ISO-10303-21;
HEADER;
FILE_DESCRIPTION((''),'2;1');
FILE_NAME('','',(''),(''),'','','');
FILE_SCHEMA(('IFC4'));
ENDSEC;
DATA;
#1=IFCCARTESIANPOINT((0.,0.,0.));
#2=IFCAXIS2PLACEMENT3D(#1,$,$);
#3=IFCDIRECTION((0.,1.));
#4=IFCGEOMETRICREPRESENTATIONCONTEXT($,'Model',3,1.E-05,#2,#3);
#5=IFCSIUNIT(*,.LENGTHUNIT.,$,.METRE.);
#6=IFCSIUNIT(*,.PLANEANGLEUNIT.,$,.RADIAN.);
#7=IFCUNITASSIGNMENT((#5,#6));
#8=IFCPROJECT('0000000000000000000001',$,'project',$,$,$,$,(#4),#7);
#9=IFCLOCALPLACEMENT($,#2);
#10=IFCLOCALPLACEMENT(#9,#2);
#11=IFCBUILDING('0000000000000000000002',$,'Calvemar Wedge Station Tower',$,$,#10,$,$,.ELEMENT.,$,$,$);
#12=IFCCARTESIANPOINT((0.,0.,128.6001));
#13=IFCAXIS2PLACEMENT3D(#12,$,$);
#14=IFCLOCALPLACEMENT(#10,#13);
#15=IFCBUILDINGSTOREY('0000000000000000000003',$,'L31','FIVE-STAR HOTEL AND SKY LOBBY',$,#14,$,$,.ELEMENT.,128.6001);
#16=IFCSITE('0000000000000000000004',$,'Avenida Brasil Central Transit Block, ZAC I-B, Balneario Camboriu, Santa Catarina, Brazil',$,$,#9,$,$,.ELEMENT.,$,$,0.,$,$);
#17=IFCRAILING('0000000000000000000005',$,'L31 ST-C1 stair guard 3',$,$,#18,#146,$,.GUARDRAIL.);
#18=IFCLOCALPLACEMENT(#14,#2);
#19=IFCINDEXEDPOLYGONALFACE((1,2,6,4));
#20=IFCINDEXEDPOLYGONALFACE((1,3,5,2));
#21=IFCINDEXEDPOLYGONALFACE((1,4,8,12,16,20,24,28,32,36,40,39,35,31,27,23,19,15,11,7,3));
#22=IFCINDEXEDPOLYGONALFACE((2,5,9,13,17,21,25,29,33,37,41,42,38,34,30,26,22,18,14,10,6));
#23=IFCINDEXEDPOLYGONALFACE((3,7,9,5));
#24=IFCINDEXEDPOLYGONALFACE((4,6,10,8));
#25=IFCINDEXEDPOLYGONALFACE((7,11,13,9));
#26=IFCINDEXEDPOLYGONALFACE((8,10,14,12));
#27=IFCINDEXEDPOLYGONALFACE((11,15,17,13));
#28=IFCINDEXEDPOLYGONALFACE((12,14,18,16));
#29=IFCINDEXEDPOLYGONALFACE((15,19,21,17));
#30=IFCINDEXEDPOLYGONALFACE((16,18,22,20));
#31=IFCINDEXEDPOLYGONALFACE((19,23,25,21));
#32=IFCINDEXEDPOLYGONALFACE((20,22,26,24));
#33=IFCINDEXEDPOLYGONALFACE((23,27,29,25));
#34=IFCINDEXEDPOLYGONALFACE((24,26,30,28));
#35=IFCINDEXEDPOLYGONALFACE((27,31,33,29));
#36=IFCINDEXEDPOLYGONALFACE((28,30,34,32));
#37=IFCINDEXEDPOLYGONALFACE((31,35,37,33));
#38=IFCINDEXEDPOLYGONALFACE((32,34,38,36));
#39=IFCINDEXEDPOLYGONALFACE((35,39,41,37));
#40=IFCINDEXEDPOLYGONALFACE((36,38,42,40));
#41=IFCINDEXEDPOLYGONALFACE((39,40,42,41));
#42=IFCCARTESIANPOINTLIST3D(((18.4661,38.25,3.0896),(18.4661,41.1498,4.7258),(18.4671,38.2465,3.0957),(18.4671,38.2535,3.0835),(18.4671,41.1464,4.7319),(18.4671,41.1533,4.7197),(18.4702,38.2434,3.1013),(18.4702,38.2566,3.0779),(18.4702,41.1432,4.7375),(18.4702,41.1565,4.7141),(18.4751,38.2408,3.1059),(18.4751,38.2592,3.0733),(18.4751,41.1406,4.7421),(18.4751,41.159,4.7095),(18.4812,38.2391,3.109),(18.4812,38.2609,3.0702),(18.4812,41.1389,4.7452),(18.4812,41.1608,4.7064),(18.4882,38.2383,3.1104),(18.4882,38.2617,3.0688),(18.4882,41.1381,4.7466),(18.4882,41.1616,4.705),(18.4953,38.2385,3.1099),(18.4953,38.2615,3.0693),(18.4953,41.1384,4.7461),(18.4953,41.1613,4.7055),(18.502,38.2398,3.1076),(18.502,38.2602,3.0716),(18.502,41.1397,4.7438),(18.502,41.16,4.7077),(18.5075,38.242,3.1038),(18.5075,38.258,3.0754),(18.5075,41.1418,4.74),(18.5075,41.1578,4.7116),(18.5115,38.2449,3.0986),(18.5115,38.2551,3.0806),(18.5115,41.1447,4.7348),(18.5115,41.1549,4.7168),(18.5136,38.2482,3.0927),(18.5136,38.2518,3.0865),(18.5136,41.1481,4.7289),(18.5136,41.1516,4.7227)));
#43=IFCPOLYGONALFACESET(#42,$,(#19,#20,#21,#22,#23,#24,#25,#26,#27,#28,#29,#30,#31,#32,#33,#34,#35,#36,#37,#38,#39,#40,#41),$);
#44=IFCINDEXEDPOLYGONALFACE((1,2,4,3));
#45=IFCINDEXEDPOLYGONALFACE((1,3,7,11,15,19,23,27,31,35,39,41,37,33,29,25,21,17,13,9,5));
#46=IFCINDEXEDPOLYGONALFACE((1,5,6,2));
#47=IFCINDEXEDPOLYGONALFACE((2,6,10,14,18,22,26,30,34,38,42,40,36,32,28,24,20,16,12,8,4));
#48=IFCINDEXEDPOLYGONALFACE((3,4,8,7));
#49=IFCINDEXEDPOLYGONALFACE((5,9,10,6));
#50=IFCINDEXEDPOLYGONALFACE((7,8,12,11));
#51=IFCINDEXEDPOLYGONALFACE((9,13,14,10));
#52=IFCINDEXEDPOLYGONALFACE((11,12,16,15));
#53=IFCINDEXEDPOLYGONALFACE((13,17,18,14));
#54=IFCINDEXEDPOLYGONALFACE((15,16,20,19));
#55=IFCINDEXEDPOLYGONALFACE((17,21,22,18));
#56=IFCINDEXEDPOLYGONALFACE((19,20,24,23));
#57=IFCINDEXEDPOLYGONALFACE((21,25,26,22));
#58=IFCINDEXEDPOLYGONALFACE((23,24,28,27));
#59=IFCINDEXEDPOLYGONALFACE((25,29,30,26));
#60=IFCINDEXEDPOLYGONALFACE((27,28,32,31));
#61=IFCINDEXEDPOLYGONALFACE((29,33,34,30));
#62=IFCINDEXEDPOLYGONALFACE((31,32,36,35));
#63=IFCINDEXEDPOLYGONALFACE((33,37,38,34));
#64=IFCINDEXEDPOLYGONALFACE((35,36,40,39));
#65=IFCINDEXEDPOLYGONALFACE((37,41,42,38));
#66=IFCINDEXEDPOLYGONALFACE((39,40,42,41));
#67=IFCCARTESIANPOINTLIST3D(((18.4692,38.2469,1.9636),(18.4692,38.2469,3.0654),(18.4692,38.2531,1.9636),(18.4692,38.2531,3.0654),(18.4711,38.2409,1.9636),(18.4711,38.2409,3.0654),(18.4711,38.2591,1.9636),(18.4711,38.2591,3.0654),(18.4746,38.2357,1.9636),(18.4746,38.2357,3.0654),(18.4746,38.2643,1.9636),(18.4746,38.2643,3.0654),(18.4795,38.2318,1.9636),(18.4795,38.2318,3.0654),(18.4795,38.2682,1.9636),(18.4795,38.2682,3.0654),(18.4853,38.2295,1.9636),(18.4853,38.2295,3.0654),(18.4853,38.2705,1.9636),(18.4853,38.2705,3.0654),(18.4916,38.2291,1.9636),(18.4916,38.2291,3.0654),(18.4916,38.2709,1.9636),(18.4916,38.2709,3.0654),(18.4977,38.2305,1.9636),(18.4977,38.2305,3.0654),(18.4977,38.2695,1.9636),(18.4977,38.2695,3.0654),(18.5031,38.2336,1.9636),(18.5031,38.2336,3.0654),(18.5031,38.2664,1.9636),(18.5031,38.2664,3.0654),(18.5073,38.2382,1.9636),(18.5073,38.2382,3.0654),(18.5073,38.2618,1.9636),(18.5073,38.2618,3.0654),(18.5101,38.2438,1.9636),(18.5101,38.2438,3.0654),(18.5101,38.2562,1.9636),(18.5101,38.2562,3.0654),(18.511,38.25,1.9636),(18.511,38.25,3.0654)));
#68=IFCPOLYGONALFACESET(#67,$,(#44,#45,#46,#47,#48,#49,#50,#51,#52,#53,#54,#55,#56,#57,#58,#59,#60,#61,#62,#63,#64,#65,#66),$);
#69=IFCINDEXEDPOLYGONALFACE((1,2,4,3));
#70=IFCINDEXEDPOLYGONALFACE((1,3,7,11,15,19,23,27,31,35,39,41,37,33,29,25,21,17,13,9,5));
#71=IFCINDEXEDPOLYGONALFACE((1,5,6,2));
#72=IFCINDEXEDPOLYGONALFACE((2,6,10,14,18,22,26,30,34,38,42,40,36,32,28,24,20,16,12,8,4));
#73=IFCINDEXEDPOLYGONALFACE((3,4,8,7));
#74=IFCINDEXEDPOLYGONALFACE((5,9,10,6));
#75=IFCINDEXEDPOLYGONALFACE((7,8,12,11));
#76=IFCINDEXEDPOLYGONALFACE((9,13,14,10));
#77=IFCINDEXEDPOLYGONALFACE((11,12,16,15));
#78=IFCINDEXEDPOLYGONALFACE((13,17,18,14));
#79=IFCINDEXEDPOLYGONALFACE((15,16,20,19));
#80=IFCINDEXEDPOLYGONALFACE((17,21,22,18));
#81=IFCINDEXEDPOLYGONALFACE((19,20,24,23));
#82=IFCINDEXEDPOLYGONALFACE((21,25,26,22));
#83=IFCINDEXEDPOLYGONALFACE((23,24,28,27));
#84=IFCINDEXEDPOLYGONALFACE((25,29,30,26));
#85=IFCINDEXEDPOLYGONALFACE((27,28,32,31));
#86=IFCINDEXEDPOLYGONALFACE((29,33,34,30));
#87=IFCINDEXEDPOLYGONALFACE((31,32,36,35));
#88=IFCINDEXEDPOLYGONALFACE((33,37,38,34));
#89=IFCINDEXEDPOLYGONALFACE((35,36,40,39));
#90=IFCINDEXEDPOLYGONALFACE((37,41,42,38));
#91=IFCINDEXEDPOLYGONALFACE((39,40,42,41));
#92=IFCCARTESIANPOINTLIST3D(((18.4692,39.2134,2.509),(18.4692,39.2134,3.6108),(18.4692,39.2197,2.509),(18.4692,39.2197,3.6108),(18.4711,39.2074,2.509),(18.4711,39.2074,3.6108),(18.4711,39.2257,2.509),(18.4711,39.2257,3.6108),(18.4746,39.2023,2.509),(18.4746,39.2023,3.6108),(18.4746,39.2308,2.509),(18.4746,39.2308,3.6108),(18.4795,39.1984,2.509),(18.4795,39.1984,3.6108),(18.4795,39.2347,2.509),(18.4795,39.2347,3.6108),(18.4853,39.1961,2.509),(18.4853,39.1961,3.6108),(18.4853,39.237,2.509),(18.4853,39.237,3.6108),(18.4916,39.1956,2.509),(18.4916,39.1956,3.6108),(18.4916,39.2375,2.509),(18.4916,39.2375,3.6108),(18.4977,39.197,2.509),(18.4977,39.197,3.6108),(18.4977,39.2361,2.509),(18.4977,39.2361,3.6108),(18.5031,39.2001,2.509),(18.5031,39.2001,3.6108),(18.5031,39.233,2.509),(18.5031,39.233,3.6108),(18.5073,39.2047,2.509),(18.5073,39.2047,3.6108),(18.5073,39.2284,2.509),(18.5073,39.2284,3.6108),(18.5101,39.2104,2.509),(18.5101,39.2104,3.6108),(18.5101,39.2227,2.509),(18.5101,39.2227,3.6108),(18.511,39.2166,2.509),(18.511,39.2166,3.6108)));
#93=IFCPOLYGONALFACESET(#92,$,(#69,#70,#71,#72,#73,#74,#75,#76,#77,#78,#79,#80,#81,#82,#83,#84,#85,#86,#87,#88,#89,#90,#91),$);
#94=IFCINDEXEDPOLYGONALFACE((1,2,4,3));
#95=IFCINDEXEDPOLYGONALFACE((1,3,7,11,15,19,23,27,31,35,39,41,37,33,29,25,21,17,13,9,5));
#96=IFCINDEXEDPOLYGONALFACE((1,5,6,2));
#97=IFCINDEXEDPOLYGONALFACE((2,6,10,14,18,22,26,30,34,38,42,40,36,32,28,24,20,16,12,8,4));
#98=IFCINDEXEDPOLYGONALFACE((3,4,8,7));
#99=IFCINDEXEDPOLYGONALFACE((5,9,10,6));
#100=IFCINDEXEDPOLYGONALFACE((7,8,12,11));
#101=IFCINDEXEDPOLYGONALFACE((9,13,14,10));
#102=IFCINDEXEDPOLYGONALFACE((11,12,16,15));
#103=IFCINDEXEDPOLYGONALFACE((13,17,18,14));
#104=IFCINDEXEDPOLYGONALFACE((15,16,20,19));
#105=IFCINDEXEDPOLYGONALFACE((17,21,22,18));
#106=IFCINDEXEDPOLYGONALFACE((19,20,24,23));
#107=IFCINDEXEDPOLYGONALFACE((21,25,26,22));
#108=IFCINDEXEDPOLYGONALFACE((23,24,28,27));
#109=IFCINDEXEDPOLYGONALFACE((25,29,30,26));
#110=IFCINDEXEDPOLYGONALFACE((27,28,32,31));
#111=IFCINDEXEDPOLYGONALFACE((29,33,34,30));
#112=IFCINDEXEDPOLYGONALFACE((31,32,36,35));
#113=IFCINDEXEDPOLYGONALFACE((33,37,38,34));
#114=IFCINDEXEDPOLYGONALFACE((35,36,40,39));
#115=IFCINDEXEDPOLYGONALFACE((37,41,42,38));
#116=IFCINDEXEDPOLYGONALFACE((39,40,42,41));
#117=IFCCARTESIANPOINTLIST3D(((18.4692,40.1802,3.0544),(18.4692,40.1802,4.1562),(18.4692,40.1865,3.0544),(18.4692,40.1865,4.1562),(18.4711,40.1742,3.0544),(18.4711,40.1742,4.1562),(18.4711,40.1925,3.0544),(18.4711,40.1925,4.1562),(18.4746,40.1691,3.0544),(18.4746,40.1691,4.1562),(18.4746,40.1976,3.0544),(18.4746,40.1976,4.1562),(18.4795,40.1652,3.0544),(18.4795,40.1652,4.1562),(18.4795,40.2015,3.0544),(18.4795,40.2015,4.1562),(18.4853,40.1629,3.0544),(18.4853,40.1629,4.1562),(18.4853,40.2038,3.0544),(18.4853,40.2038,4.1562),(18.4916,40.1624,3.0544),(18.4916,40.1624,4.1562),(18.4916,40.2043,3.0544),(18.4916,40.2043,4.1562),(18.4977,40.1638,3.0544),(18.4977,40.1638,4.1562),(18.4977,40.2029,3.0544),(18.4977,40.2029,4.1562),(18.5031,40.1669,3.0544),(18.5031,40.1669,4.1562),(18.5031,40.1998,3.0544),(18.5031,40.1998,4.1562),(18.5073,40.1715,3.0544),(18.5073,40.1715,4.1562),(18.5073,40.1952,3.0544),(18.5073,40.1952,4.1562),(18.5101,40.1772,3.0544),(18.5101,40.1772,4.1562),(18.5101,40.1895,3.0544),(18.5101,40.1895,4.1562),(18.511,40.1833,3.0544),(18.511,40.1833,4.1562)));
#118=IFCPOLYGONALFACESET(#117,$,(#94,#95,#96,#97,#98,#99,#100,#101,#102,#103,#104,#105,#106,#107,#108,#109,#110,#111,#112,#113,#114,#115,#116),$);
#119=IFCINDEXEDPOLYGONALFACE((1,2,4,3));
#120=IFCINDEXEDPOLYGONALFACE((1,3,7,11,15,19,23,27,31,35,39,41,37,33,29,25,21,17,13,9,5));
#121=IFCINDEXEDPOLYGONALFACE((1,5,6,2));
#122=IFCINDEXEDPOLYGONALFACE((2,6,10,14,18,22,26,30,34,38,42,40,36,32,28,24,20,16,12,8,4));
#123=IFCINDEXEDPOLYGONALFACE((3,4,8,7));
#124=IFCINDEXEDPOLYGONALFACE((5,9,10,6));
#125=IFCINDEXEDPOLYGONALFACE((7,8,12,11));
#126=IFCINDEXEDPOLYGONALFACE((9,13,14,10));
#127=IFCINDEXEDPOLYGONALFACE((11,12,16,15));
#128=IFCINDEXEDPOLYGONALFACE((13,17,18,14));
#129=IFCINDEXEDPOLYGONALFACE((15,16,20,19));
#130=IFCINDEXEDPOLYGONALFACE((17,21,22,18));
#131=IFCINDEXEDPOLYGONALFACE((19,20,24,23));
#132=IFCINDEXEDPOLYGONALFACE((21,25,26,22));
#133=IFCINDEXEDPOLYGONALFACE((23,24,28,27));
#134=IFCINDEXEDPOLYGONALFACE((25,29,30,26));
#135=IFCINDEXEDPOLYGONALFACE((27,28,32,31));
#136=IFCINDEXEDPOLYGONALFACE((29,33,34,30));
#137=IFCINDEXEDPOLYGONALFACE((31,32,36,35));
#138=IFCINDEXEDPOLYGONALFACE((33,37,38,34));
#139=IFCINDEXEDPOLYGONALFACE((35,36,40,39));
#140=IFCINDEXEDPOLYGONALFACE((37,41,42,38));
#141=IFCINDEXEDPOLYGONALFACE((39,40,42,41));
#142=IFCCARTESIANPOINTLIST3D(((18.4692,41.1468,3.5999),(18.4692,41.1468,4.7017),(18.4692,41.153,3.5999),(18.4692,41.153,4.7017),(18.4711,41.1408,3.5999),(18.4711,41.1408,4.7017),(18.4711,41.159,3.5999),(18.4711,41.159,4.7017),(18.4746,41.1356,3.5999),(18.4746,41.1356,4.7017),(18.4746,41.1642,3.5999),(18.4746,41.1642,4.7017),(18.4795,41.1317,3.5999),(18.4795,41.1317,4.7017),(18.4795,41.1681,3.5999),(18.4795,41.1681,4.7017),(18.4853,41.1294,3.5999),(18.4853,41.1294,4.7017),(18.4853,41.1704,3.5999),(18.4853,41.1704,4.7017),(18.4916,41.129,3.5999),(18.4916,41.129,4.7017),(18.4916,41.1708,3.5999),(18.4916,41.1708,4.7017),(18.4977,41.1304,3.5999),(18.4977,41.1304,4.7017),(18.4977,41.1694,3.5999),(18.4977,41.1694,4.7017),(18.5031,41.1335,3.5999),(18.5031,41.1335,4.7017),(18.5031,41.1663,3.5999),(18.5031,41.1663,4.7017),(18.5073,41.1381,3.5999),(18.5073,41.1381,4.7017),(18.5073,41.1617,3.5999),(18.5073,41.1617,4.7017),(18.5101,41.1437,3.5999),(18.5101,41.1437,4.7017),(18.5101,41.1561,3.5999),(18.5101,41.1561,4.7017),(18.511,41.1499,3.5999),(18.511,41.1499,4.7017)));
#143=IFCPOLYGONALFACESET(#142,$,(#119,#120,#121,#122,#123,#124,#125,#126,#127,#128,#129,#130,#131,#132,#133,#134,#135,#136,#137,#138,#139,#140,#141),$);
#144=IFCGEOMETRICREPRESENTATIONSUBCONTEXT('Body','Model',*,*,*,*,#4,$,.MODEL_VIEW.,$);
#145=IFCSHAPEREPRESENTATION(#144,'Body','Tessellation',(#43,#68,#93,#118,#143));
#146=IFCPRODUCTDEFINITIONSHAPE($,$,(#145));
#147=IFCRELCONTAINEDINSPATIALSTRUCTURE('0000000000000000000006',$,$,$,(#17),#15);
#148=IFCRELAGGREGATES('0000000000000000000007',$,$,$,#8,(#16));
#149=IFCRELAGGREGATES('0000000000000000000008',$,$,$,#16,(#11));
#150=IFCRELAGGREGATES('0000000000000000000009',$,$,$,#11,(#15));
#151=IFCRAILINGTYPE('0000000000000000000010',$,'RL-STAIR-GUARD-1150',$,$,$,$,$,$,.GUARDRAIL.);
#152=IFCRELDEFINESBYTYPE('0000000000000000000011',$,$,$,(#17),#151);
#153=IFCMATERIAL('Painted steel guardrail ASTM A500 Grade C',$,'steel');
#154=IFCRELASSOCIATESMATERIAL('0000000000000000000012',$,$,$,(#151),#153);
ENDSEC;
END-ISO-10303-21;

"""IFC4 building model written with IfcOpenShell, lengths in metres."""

from ifc_helpers import new_model, si_unit, direction, frame, origin, origin_2d, place, context, subcontext, project, spatial, circle, extrude, material, type_object, element, save


model = new_model("IFC4")

# Units and contexts
model_context = context("Model", 3, precision=1e-05, world=origin(), true_north=direction((0.0, 1.0)))
body_context = subcontext(model_context, "Body", "Model", "MODEL_VIEW")
ifc_project = project(units=[si_unit("LENGTHUNIT", "METRE"), si_unit("PLANEANGLEUNIT", "RADIAN")], contexts=[model_context])

# Site, building, storey
site_placement = place(None, origin())
site = spatial("IfcSite", under=ifc_project, at=site_placement, Name="Avenida Brasil Central Transit Block, ZAC I-B, Balneario Camboriu, Santa Catarina, Brazil", CompositionType="ELEMENT", RefElevation=0.0)
building_placement = place(site_placement, origin())
building = spatial("IfcBuilding", under=site, at=building_placement, Name="Calvemar Wedge Station Tower", CompositionType="ELEMENT")
storey_placement = place(building_placement, frame((0.0, 0.0, 128.6001)))
storey = spatial("IfcBuildingStorey", under=building, at=storey_placement, Name="L31", Description="FIVE-STAR HOTEL AND SKY LOBBY", CompositionType="ELEMENT", Elevation=128.6001)

# Railing
ifc_material_1 = material(Name="Painted steel guardrail ASTM A500 Grade C", Category="steel")
railing_type_1 = type_object("IfcRailingType", Name="RL-STAIR-GUARD-1150", PredefinedType="GUARDRAIL", material=ifc_material_1)
railing_1_placement = place(storey_placement, frame((18.49, 38.25, 1.9636)))
element("IfcRailing", 1, at=railing_1_placement, inside=storey, type_object=railing_type_1, Name="L31 ST-C1 stair guard 3", PredefinedType="GUARDRAIL", context=body_context, shape_type="SweptSolid", body=[
    extrude(circle(Radius=0.0239, at=origin_2d()), frame((0.0, 0.0, 1.126), z_axis=(0.0, 0.870929, 0.49141), x_axis=(-1.0, 0.0, 0.0)), (0.0, 0.0, 1.0), 3.3296),
    extrude(circle(Radius=0.021, at=origin_2d()), origin(), (0.0, 0.0, 1.0), 1.1018),
    extrude(circle(Radius=0.021, at=origin_2d()), frame((0.0, 0.9666, 0.5454)), (0.0, 0.0, 1.0), 1.1018),
    extrude(circle(Radius=0.021, at=origin_2d()), frame((0.0, 1.9333, 1.0908)), (0.0, 0.0, 1.0), 1.1018),
    extrude(circle(Radius=0.021, at=origin_2d()), frame((0.0, 2.8999, 1.6362)), (0.0, 0.0, 1.0), 1.1018),
])

save(model, "model.ifc")
